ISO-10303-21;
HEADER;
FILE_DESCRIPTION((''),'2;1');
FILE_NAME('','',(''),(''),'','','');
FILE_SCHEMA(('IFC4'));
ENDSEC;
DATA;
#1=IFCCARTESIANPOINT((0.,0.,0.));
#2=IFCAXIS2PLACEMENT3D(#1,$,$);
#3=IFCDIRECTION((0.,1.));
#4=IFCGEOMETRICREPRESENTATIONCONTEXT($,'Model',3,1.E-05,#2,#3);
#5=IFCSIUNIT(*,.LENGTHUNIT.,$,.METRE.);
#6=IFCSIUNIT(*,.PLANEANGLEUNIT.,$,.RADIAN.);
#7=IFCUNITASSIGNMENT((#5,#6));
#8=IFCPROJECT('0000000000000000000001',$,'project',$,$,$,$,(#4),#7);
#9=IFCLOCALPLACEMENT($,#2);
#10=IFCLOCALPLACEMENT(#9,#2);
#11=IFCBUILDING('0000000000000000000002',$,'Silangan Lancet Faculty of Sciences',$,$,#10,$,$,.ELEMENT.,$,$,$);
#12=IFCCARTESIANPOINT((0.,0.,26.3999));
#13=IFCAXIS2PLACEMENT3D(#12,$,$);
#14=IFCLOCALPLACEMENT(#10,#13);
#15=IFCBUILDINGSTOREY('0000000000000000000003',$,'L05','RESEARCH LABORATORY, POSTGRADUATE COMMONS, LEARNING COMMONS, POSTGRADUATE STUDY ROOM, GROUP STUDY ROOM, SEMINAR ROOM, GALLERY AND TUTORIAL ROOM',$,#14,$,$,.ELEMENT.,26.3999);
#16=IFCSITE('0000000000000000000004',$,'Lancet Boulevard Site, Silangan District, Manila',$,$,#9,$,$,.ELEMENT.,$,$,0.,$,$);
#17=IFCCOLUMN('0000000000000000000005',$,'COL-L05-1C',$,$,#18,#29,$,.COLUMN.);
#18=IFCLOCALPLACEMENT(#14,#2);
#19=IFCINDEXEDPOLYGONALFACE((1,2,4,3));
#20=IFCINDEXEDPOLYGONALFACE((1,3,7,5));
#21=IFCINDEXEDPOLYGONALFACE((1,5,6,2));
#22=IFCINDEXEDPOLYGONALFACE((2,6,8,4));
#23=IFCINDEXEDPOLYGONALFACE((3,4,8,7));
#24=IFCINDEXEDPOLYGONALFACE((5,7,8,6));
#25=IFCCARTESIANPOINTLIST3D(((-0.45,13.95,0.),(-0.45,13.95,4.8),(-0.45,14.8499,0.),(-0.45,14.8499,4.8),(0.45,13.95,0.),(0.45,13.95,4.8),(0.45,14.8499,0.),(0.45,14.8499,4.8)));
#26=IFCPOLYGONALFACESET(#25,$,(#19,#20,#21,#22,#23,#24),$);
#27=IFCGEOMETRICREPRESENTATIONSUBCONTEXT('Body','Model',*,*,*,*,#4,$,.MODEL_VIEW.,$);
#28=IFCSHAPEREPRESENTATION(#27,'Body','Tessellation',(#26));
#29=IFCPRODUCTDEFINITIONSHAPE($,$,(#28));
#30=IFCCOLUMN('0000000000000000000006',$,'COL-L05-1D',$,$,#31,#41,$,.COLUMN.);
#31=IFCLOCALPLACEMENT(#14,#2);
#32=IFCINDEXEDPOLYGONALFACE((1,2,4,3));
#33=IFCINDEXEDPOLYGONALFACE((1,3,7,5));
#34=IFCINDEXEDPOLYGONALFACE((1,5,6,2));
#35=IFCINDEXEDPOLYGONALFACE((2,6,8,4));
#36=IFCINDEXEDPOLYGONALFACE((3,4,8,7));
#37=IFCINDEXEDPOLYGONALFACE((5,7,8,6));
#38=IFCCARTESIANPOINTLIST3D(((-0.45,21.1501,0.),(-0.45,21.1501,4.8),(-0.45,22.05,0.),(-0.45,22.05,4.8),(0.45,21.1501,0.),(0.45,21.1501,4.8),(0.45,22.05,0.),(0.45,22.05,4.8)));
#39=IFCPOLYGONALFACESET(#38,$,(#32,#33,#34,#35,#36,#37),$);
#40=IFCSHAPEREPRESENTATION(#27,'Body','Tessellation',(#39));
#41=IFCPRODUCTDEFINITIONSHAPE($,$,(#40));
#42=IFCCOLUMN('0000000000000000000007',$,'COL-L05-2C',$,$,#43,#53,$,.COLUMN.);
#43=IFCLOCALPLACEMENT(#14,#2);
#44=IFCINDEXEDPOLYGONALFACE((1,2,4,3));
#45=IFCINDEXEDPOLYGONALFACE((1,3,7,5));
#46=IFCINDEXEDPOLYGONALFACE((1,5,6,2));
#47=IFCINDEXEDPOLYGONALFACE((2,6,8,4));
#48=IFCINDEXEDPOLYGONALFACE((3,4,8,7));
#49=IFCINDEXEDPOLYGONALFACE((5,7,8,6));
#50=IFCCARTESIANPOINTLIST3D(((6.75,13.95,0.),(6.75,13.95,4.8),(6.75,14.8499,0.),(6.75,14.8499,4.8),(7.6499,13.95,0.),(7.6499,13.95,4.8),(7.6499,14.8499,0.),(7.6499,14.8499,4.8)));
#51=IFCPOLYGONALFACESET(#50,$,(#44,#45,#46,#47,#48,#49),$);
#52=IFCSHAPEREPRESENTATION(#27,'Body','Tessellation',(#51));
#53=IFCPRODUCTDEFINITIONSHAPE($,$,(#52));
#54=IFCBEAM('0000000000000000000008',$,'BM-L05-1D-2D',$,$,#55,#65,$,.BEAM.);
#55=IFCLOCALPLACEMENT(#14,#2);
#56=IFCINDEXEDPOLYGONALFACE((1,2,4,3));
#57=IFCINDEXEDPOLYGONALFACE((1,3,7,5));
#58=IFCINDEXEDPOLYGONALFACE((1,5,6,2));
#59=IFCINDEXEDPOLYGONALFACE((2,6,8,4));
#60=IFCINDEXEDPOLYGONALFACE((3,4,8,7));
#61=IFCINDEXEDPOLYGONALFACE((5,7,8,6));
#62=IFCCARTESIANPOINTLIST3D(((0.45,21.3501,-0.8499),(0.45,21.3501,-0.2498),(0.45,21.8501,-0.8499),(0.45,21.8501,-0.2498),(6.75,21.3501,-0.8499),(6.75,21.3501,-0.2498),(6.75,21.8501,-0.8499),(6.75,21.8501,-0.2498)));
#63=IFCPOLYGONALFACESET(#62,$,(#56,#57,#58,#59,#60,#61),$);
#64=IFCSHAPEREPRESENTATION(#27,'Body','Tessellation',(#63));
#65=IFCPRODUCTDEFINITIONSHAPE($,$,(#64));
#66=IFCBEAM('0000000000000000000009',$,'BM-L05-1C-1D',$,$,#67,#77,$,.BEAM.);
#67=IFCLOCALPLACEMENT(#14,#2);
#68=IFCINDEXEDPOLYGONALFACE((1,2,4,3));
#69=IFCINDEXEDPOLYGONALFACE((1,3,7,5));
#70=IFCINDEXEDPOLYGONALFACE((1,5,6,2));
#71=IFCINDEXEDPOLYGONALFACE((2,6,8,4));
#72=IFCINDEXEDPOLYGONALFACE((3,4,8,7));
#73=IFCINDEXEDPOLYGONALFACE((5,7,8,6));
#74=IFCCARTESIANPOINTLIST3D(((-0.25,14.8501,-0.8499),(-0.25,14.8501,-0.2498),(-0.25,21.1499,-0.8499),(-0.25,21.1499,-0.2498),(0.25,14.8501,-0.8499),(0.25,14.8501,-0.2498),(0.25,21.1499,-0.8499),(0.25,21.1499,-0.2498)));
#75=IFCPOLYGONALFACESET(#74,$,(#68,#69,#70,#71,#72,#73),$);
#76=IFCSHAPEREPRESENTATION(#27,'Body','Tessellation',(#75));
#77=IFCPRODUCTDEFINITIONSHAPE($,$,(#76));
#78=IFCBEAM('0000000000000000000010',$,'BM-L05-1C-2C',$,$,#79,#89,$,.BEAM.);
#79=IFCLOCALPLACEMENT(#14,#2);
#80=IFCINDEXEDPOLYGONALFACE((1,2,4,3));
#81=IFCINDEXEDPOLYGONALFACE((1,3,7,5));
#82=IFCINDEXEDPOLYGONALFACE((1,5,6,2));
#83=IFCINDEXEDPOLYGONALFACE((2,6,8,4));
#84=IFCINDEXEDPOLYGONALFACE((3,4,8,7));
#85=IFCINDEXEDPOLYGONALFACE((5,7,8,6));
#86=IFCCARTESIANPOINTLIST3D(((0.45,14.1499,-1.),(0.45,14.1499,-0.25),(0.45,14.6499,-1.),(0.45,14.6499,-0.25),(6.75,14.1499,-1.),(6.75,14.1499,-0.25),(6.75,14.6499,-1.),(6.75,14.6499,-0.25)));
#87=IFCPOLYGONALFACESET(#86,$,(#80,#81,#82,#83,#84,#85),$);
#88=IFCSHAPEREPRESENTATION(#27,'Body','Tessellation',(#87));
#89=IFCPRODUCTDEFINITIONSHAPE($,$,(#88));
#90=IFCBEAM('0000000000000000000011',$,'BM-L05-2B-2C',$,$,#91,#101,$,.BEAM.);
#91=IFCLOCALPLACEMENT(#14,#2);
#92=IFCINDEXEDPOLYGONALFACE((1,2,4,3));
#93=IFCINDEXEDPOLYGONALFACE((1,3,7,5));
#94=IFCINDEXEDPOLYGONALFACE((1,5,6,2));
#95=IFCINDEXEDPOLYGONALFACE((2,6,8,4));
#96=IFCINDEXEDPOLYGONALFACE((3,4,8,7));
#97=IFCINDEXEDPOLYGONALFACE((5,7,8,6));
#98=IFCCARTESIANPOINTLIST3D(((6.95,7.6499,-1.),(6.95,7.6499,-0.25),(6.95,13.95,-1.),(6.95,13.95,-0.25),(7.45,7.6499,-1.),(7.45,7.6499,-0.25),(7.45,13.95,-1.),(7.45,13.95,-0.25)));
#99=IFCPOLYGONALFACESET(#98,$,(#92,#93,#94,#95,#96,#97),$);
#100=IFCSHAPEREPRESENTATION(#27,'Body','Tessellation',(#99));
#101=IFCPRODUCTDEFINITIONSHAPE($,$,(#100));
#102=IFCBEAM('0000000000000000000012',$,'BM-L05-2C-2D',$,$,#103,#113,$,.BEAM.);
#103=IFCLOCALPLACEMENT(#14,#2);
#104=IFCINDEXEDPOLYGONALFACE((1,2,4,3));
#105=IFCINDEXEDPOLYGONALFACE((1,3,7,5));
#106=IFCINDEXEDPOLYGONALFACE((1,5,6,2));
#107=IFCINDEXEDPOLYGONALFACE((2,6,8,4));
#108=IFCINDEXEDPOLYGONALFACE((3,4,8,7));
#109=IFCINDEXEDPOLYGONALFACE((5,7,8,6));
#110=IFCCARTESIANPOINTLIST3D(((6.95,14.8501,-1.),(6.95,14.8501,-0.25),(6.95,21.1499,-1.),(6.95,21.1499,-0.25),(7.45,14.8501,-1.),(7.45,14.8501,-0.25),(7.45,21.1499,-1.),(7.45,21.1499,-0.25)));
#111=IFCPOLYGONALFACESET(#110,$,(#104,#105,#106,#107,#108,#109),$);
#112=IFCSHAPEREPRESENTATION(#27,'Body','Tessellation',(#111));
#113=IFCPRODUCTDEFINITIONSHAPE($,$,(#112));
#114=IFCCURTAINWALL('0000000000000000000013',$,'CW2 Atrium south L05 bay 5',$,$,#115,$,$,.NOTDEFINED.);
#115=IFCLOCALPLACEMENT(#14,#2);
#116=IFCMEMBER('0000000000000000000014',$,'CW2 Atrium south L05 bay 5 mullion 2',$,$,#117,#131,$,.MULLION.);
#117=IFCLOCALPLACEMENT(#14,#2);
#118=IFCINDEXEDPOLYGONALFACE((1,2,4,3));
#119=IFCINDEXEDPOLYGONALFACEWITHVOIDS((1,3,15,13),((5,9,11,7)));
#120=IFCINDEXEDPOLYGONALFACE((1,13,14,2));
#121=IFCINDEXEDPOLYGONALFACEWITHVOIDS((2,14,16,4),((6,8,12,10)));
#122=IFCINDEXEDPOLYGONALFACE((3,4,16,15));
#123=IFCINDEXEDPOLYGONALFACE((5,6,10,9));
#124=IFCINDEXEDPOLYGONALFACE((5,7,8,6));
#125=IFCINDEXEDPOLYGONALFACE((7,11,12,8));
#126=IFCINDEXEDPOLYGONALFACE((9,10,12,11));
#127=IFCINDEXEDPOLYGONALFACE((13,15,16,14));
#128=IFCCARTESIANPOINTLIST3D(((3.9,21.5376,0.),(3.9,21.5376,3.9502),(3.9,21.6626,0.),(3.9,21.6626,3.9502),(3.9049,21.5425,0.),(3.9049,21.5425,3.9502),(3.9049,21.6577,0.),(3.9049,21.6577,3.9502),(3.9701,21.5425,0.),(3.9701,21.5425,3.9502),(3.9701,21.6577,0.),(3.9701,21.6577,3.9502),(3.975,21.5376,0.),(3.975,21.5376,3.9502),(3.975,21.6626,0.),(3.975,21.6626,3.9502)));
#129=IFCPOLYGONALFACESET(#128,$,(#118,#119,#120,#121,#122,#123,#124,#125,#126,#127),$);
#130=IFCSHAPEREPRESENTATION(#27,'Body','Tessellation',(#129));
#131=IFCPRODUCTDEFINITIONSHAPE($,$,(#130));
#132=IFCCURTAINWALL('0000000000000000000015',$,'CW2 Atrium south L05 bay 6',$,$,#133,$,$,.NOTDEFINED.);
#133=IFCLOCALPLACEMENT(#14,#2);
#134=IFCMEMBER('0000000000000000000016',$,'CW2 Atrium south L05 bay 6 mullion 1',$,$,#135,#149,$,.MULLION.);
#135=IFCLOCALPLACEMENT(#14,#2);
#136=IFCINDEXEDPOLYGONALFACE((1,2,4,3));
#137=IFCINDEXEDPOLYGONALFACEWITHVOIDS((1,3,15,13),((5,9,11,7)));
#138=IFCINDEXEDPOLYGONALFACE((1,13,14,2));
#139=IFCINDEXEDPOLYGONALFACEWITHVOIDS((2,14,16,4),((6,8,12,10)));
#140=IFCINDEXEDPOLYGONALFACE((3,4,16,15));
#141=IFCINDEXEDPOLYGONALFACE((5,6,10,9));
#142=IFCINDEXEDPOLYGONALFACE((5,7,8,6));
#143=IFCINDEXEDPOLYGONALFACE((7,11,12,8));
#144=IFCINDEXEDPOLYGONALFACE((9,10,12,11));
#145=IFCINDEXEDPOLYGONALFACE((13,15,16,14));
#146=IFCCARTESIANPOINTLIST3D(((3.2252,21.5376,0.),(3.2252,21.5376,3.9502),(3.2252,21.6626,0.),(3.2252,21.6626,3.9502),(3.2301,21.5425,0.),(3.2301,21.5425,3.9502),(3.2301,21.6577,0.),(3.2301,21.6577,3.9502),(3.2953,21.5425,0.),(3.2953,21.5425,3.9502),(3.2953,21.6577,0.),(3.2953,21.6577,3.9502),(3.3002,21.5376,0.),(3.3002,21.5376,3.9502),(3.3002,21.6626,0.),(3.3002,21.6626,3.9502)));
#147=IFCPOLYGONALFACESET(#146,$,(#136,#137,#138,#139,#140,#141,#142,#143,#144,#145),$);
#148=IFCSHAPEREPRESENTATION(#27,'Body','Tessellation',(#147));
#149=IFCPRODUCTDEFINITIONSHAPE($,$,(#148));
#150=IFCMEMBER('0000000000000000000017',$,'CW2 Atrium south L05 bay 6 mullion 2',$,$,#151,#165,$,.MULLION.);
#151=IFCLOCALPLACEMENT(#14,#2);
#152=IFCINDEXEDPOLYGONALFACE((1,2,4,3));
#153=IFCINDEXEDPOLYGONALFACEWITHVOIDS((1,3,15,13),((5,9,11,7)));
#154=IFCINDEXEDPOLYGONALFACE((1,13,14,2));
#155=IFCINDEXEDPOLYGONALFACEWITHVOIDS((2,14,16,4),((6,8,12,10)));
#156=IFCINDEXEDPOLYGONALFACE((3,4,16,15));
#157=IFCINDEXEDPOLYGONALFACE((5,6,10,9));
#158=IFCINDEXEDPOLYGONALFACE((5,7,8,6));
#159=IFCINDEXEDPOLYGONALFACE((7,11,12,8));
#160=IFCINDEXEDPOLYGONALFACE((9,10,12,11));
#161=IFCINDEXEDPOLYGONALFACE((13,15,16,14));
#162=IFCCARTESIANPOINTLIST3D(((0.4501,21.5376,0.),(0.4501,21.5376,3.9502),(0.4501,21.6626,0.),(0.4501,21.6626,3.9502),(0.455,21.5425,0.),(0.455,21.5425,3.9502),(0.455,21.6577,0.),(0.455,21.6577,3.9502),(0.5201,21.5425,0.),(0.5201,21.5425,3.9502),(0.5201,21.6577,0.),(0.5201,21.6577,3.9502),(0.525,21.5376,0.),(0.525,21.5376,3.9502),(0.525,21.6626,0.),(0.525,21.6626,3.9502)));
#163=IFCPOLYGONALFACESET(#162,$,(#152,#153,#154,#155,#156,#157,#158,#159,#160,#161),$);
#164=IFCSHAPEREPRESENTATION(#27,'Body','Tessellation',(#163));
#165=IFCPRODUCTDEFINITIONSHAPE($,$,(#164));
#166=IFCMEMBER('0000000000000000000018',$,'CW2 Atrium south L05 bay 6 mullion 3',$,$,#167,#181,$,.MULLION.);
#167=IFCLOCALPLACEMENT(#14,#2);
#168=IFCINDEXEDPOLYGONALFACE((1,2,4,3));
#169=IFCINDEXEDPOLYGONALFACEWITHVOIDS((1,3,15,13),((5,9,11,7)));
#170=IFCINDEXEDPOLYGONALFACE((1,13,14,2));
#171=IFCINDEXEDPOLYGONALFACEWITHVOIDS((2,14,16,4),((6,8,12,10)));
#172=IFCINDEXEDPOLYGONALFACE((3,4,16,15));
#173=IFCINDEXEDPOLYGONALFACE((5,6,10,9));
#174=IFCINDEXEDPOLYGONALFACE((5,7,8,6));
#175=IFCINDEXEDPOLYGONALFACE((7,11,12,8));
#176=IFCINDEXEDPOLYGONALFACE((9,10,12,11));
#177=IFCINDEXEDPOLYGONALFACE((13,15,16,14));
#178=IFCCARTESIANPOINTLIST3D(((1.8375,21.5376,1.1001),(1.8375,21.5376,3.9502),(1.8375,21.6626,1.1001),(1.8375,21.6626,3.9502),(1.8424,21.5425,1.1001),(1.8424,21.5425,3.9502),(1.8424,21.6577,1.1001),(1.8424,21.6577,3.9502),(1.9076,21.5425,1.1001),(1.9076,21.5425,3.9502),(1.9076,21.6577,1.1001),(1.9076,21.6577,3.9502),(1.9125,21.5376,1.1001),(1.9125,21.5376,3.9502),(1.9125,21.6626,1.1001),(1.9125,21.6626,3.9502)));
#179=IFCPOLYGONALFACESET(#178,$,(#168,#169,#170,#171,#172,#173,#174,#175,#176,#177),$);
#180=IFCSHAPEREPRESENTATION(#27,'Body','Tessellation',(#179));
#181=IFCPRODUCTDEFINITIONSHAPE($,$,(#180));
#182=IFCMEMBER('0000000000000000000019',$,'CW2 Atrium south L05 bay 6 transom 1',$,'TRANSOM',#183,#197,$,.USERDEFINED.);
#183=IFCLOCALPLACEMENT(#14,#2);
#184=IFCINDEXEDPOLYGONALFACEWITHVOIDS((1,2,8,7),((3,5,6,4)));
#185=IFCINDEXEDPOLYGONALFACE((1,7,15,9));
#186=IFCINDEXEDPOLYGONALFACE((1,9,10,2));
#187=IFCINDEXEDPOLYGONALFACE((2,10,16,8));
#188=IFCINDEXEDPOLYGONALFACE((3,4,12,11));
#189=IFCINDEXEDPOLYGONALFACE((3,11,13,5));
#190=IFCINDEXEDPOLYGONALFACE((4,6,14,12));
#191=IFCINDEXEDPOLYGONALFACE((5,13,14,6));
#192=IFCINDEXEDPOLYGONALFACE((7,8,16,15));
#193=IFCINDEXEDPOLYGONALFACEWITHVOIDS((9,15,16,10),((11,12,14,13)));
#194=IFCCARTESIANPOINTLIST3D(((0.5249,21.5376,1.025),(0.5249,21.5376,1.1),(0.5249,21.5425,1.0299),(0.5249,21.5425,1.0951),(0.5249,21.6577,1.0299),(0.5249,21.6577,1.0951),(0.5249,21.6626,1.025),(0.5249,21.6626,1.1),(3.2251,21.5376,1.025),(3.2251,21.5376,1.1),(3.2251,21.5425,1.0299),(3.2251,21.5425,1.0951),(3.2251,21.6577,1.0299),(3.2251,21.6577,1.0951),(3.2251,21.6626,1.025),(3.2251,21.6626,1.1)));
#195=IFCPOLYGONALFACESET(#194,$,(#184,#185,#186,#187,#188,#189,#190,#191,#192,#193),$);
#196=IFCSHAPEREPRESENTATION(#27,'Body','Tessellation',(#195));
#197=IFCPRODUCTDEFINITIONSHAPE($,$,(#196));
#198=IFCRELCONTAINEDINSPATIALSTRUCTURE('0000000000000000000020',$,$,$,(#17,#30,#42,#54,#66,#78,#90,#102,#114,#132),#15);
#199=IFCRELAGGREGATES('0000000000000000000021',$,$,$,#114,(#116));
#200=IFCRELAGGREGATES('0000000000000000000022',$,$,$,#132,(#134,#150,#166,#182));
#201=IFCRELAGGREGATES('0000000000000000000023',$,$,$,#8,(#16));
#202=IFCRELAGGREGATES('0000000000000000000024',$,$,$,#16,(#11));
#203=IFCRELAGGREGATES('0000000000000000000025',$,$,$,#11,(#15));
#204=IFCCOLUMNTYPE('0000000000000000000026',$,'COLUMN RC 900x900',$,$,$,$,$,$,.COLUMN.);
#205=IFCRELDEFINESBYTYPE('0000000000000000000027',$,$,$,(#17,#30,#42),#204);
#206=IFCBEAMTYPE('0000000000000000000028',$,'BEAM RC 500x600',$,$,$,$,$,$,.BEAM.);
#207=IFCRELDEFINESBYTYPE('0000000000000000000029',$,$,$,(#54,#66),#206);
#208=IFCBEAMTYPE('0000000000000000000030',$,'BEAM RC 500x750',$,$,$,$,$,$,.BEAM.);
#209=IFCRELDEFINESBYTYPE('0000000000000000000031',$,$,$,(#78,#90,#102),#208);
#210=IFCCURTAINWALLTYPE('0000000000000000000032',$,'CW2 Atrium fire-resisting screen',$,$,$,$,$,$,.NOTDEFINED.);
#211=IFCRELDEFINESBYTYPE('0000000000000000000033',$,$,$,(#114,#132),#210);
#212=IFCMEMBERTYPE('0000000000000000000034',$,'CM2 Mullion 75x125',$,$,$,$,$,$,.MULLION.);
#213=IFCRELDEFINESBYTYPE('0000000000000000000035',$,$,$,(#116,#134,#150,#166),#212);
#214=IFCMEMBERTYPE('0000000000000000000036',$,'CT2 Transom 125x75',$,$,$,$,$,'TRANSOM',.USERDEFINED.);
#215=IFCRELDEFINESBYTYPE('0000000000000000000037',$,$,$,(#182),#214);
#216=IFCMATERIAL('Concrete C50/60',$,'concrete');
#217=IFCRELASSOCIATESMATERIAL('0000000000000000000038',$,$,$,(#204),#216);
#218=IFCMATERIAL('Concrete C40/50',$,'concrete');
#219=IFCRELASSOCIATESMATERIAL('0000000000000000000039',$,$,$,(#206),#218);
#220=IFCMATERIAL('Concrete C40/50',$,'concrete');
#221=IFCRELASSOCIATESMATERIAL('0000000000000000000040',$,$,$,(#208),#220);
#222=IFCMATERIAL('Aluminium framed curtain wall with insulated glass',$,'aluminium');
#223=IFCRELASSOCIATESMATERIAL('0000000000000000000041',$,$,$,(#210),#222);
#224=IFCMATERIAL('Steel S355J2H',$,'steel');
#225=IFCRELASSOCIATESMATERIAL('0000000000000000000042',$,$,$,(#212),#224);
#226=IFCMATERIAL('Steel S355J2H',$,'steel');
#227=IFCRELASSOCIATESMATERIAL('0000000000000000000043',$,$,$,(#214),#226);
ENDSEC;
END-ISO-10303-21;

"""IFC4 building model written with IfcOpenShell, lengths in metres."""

from ifc_helpers import new_model, si_unit, direction, frame, origin, origin_2d, place, context, subcontext, project, spatial, rectangle, hollow_rectangle, extrude, material, material_profile, profile_set, type_object, element, aggregate, save


model = new_model("IFC4")

# Units and contexts
model_context = context("Model", 3, precision=1e-05, world=origin(), true_north=direction((0.0, 1.0)))
body_context = subcontext(model_context, "Body", "Model", "MODEL_VIEW")
ifc_project = project(units=[si_unit("LENGTHUNIT", "METRE"), si_unit("PLANEANGLEUNIT", "RADIAN")], contexts=[model_context])

# Site, building, storey
site_placement = place(None, origin())
site = spatial("IfcSite", under=ifc_project, at=site_placement, Name="Lancet Boulevard Site, Silangan District, Manila", CompositionType="ELEMENT", RefElevation=0.0)
building_placement = place(site_placement, origin())
building = spatial("IfcBuilding", under=site, at=building_placement, Name="Silangan Lancet Faculty of Sciences", CompositionType="ELEMENT")
storey_placement = place(building_placement, frame((0.0, 0.0, 26.3999)))
storey = spatial("IfcBuildingStorey", under=building, at=storey_placement, Name="L05", Description="RESEARCH LABORATORY, POSTGRADUATE COMMONS, LEARNING COMMONS, POSTGRADUATE STUDY ROOM, GROUP STUDY ROOM, SEMINAR ROOM, GALLERY AND TUTORIAL ROOM", CompositionType="ELEMENT", Elevation=26.3999)

# Columns
ifc_material_1 = material(Name="Concrete C50/60", Category="concrete")
ifc_material_profile_1 = material_profile(ifc_material_1, rectangle(XDim=0.8999, YDim=0.8999, at=origin_2d()), Name="RC 900x900")
ifc_profile_set_1 = profile_set([ifc_material_profile_1], Name="Concrete C50/60")
column_type = type_object("IfcColumnType", Name="COLUMN RC 900x900", PredefinedType="COLUMN", material=ifc_profile_set_1)
for number, where, z_axis, x_axis, name in (
    (1, (0.0, 14.3999, 0.0), (0.0, 0.0, 1.0), (1.0, 0.0, 0.0), "COL-L05-1C"),
    (2, (0.0, 21.6001, 0.0), (0.0, 0.0, 1.0), (1.0, 0.0, 0.0), "COL-L05-1D"),
    (3, (7.2, 14.3999, 0.0), (0.0, 0.0, 1.0), (1.0, 0.0, 0.0), "COL-L05-2C"),
):
    element("IfcColumn", number, at=place(storey_placement, frame(where, z_axis=z_axis, x_axis=x_axis)), inside=storey, type_object=column_type, Name=name, PredefinedType="COLUMN", context=body_context, shape_type="SweptSolid", body=[
        extrude(rectangle(XDim=0.8999, YDim=0.8999, at=origin_2d()), origin(), (0.0, 0.0, 1.0), 4.8),
    ])

# Beams
ifc_material_2 = material(Name="Concrete C40/50", Category="concrete")
ifc_material_profile_2 = material_profile(ifc_material_2, rectangle(XDim=0.5, YDim=0.6001, at=origin_2d()), Name="RC 500x600")
ifc_profile_set_2 = profile_set([ifc_material_profile_2], Name="Concrete C40/50")
beam_type_1 = type_object("IfcBeamType", Name="BEAM RC 500x600", PredefinedType="BEAM", material=ifc_profile_set_2)
beam_1_placement = place(storey_placement, frame((0.45, 21.6001, -0.5498), z_axis=(1.0, 0.0, 0.0), x_axis=(0.0, 1.0, 0.0)))
element("IfcBeam", 4, at=beam_1_placement, inside=storey, type_object=beam_type_1, Name="BM-L05-1D-2D", PredefinedType="BEAM", context=body_context, shape_type="SweptSolid", body=[
    extrude(rectangle(XDim=0.5, YDim=0.6001, at=origin_2d()), origin(), (0.0, 0.0, 1.0), 6.3),
])
beam_2_placement = place(storey_placement, frame((0.0, 14.8501, -0.5498), z_axis=(0.0, 1.0, 0.0), x_axis=(-1.0, 0.0, 0.0)))
element("IfcBeam", 5, at=beam_2_placement, inside=storey, type_object=beam_type_1, Name="BM-L05-1C-1D", PredefinedType="BEAM", context=body_context, shape_type="SweptSolid", body=[
    extrude(rectangle(XDim=0.5, YDim=0.6001, at=origin_2d()), origin(), (0.0, 0.0, 1.0), 6.2998),
])
ifc_material_3 = material(Name="Concrete C40/50", Category="concrete")
ifc_material_profile_3 = material_profile(ifc_material_3, rectangle(XDim=0.5, YDim=0.75, at=origin_2d()), Name="RC 500x750")
ifc_profile_set_3 = profile_set([ifc_material_profile_3], Name="Concrete C40/50")
beam_type_2 = type_object("IfcBeamType", Name="BEAM RC 500x750", PredefinedType="BEAM", material=ifc_profile_set_3)
for number, where, z_axis, x_axis, name in (
    (6, (0.45, 14.3999, -0.625), (1.0, 0.0, 0.0), (0.0, 1.0, 0.0), "BM-L05-1C-2C"),
    (7, (7.2, 7.6499, -0.625), (0.0, 1.0, 0.0), (-1.0, 0.0, 0.0), "BM-L05-2B-2C"),
):
    element("IfcBeam", number, at=place(storey_placement, frame(where, z_axis=z_axis, x_axis=x_axis)), inside=storey, type_object=beam_type_2, Name=name, PredefinedType="BEAM", context=body_context, shape_type="SweptSolid", body=[
        extrude(rectangle(XDim=0.5, YDim=0.75, at=origin_2d()), origin(), (0.0, 0.0, 1.0), 6.3),
    ])
beam_3_placement = place(storey_placement, frame((7.2, 14.8501, -0.625), z_axis=(0.0, 1.0, 0.0), x_axis=(-1.0, 0.0, 0.0)))
element("IfcBeam", 8, at=beam_3_placement, inside=storey, type_object=beam_type_2, Name="BM-L05-2C-2D", PredefinedType="BEAM", context=body_context, shape_type="SweptSolid", body=[
    extrude(rectangle(XDim=0.5, YDim=0.75, at=origin_2d()), origin(), (0.0, 0.0, 1.0), 6.2998),
])

# Curtain wall, member
ifc_material_4 = material(Name="Aluminium framed curtain wall with insulated glass", Category="aluminium")
curtain_wall_type = type_object("IfcCurtainWallType", Name="CW2 Atrium fire-resisting screen", PredefinedType="NOTDEFINED", material=ifc_material_4)
curtain_wall_1_placement = place(storey_placement, origin())
curtain_wall_1 = element("IfcCurtainWall", 9, at=curtain_wall_1_placement, inside=storey, type_object=curtain_wall_type, Name="CW2 Atrium south L05 bay 5", PredefinedType="NOTDEFINED")
ifc_material_5 = material(Name="Steel S355J2H", Category="steel")
ifc_material_profile_4 = material_profile(ifc_material_5, hollow_rectangle(XDim=0.075, YDim=0.125, WallThickness=0.0049, at=origin_2d()), Name="ST BOX 75x125x5")
ifc_profile_set_4 = profile_set([ifc_material_profile_4], Name="Steel S355J2H")
member_type_1 = type_object("IfcMemberType", Name="CM2 Mullion 75x125", PredefinedType="MULLION", material=ifc_profile_set_4)
member_1_placement = place(storey_placement, frame((3.9375, 21.6001, 0.0), z_axis=(0.0, 0.0, 1.0), x_axis=(-1.0, 0.0, 0.0)))
member_1 = element("IfcMember", 10, at=member_1_placement, type_object=member_type_1, Name="CW2 Atrium south L05 bay 5 mullion 2", PredefinedType="MULLION", context=body_context, shape_type="SweptSolid", body=[
    extrude(hollow_rectangle(XDim=0.075, YDim=0.125, WallThickness=0.0049, at=origin_2d()), origin(), (0.0, 0.0, 1.0), 3.9502),
])

# Curtain wall, members
curtain_wall_2_placement = place(storey_placement, origin())
curtain_wall_2 = element("IfcCurtainWall", 11, at=curtain_wall_2_placement, inside=storey, type_object=curtain_wall_type, Name="CW2 Atrium south L05 bay 6", PredefinedType="NOTDEFINED")
member_2_placement = place(storey_placement, frame((3.2627, 21.6001, 0.0), z_axis=(0.0, 0.0, 1.0), x_axis=(-1.0, 0.0, 0.0)))
member_2 = element("IfcMember", 12, at=member_2_placement, type_object=member_type_1, Name="CW2 Atrium south L05 bay 6 mullion 1", PredefinedType="MULLION", context=body_context, shape_type="SweptSolid", body=[
    extrude(hollow_rectangle(XDim=0.075, YDim=0.125, WallThickness=0.0049, at=origin_2d()), origin(), (0.0, 0.0, 1.0), 3.9502),
])
member_3_placement = place(storey_placement, frame((0.4875, 21.6001, 0.0), z_axis=(0.0, 0.0, 1.0), x_axis=(-1.0, 0.0, 0.0)))
member_3 = element("IfcMember", 13, at=member_3_placement, type_object=member_type_1, Name="CW2 Atrium south L05 bay 6 mullion 2", PredefinedType="MULLION", context=body_context, shape_type="SweptSolid", body=[
    extrude(hollow_rectangle(XDim=0.075, YDim=0.125, WallThickness=0.0049, at=origin_2d()), origin(), (0.0, 0.0, 1.0), 3.9502),
])
member_4_placement = place(storey_placement, frame((1.875, 21.6001, 1.1001), z_axis=(0.0, 0.0, 1.0), x_axis=(-1.0, 0.0, 0.0)))
member_4 = element("IfcMember", 14, at=member_4_placement, type_object=member_type_1, Name="CW2 Atrium south L05 bay 6 mullion 3", PredefinedType="MULLION", context=body_context, shape_type="SweptSolid", body=[
    extrude(hollow_rectangle(XDim=0.075, YDim=0.125, WallThickness=0.0049, at=origin_2d()), origin(), (0.0, 0.0, 1.0), 2.8501),
])
ifc_material_6 = material(Name="Steel S355J2H", Category="steel")
ifc_material_profile_5 = material_profile(ifc_material_6, hollow_rectangle(XDim=0.125, YDim=0.075, WallThickness=0.0049, at=origin_2d()), Name="ST BOX 125x75x5")
ifc_profile_set_5 = profile_set([ifc_material_profile_5], Name="Steel S355J2H")
member_type_2 = type_object("IfcMemberType", Name="CT2 Transom 125x75", ElementType="TRANSOM", PredefinedType="USERDEFINED", material=ifc_profile_set_5)
member_5_placement = place(storey_placement, frame((3.2251, 21.6001, 1.0625), z_axis=(-1.0, 0.0, 0.0), x_axis=(0.0, -1.0, 0.0)))
member_5 = element("IfcMember", 15, at=member_5_placement, type_object=member_type_2, Name="CW2 Atrium south L05 bay 6 transom 1", ObjectType="TRANSOM", PredefinedType="USERDEFINED", context=body_context, shape_type="SweptSolid", body=[
    extrude(hollow_rectangle(XDim=0.125, YDim=0.075, WallThickness=0.0049, at=origin_2d()), origin(), (0.0, 0.0, 1.0), 2.7002),
])

aggregate(curtain_wall_1, [member_1])
aggregate(curtain_wall_2, [member_2, member_3, member_4, member_5])

save(model, "model.ifc")
